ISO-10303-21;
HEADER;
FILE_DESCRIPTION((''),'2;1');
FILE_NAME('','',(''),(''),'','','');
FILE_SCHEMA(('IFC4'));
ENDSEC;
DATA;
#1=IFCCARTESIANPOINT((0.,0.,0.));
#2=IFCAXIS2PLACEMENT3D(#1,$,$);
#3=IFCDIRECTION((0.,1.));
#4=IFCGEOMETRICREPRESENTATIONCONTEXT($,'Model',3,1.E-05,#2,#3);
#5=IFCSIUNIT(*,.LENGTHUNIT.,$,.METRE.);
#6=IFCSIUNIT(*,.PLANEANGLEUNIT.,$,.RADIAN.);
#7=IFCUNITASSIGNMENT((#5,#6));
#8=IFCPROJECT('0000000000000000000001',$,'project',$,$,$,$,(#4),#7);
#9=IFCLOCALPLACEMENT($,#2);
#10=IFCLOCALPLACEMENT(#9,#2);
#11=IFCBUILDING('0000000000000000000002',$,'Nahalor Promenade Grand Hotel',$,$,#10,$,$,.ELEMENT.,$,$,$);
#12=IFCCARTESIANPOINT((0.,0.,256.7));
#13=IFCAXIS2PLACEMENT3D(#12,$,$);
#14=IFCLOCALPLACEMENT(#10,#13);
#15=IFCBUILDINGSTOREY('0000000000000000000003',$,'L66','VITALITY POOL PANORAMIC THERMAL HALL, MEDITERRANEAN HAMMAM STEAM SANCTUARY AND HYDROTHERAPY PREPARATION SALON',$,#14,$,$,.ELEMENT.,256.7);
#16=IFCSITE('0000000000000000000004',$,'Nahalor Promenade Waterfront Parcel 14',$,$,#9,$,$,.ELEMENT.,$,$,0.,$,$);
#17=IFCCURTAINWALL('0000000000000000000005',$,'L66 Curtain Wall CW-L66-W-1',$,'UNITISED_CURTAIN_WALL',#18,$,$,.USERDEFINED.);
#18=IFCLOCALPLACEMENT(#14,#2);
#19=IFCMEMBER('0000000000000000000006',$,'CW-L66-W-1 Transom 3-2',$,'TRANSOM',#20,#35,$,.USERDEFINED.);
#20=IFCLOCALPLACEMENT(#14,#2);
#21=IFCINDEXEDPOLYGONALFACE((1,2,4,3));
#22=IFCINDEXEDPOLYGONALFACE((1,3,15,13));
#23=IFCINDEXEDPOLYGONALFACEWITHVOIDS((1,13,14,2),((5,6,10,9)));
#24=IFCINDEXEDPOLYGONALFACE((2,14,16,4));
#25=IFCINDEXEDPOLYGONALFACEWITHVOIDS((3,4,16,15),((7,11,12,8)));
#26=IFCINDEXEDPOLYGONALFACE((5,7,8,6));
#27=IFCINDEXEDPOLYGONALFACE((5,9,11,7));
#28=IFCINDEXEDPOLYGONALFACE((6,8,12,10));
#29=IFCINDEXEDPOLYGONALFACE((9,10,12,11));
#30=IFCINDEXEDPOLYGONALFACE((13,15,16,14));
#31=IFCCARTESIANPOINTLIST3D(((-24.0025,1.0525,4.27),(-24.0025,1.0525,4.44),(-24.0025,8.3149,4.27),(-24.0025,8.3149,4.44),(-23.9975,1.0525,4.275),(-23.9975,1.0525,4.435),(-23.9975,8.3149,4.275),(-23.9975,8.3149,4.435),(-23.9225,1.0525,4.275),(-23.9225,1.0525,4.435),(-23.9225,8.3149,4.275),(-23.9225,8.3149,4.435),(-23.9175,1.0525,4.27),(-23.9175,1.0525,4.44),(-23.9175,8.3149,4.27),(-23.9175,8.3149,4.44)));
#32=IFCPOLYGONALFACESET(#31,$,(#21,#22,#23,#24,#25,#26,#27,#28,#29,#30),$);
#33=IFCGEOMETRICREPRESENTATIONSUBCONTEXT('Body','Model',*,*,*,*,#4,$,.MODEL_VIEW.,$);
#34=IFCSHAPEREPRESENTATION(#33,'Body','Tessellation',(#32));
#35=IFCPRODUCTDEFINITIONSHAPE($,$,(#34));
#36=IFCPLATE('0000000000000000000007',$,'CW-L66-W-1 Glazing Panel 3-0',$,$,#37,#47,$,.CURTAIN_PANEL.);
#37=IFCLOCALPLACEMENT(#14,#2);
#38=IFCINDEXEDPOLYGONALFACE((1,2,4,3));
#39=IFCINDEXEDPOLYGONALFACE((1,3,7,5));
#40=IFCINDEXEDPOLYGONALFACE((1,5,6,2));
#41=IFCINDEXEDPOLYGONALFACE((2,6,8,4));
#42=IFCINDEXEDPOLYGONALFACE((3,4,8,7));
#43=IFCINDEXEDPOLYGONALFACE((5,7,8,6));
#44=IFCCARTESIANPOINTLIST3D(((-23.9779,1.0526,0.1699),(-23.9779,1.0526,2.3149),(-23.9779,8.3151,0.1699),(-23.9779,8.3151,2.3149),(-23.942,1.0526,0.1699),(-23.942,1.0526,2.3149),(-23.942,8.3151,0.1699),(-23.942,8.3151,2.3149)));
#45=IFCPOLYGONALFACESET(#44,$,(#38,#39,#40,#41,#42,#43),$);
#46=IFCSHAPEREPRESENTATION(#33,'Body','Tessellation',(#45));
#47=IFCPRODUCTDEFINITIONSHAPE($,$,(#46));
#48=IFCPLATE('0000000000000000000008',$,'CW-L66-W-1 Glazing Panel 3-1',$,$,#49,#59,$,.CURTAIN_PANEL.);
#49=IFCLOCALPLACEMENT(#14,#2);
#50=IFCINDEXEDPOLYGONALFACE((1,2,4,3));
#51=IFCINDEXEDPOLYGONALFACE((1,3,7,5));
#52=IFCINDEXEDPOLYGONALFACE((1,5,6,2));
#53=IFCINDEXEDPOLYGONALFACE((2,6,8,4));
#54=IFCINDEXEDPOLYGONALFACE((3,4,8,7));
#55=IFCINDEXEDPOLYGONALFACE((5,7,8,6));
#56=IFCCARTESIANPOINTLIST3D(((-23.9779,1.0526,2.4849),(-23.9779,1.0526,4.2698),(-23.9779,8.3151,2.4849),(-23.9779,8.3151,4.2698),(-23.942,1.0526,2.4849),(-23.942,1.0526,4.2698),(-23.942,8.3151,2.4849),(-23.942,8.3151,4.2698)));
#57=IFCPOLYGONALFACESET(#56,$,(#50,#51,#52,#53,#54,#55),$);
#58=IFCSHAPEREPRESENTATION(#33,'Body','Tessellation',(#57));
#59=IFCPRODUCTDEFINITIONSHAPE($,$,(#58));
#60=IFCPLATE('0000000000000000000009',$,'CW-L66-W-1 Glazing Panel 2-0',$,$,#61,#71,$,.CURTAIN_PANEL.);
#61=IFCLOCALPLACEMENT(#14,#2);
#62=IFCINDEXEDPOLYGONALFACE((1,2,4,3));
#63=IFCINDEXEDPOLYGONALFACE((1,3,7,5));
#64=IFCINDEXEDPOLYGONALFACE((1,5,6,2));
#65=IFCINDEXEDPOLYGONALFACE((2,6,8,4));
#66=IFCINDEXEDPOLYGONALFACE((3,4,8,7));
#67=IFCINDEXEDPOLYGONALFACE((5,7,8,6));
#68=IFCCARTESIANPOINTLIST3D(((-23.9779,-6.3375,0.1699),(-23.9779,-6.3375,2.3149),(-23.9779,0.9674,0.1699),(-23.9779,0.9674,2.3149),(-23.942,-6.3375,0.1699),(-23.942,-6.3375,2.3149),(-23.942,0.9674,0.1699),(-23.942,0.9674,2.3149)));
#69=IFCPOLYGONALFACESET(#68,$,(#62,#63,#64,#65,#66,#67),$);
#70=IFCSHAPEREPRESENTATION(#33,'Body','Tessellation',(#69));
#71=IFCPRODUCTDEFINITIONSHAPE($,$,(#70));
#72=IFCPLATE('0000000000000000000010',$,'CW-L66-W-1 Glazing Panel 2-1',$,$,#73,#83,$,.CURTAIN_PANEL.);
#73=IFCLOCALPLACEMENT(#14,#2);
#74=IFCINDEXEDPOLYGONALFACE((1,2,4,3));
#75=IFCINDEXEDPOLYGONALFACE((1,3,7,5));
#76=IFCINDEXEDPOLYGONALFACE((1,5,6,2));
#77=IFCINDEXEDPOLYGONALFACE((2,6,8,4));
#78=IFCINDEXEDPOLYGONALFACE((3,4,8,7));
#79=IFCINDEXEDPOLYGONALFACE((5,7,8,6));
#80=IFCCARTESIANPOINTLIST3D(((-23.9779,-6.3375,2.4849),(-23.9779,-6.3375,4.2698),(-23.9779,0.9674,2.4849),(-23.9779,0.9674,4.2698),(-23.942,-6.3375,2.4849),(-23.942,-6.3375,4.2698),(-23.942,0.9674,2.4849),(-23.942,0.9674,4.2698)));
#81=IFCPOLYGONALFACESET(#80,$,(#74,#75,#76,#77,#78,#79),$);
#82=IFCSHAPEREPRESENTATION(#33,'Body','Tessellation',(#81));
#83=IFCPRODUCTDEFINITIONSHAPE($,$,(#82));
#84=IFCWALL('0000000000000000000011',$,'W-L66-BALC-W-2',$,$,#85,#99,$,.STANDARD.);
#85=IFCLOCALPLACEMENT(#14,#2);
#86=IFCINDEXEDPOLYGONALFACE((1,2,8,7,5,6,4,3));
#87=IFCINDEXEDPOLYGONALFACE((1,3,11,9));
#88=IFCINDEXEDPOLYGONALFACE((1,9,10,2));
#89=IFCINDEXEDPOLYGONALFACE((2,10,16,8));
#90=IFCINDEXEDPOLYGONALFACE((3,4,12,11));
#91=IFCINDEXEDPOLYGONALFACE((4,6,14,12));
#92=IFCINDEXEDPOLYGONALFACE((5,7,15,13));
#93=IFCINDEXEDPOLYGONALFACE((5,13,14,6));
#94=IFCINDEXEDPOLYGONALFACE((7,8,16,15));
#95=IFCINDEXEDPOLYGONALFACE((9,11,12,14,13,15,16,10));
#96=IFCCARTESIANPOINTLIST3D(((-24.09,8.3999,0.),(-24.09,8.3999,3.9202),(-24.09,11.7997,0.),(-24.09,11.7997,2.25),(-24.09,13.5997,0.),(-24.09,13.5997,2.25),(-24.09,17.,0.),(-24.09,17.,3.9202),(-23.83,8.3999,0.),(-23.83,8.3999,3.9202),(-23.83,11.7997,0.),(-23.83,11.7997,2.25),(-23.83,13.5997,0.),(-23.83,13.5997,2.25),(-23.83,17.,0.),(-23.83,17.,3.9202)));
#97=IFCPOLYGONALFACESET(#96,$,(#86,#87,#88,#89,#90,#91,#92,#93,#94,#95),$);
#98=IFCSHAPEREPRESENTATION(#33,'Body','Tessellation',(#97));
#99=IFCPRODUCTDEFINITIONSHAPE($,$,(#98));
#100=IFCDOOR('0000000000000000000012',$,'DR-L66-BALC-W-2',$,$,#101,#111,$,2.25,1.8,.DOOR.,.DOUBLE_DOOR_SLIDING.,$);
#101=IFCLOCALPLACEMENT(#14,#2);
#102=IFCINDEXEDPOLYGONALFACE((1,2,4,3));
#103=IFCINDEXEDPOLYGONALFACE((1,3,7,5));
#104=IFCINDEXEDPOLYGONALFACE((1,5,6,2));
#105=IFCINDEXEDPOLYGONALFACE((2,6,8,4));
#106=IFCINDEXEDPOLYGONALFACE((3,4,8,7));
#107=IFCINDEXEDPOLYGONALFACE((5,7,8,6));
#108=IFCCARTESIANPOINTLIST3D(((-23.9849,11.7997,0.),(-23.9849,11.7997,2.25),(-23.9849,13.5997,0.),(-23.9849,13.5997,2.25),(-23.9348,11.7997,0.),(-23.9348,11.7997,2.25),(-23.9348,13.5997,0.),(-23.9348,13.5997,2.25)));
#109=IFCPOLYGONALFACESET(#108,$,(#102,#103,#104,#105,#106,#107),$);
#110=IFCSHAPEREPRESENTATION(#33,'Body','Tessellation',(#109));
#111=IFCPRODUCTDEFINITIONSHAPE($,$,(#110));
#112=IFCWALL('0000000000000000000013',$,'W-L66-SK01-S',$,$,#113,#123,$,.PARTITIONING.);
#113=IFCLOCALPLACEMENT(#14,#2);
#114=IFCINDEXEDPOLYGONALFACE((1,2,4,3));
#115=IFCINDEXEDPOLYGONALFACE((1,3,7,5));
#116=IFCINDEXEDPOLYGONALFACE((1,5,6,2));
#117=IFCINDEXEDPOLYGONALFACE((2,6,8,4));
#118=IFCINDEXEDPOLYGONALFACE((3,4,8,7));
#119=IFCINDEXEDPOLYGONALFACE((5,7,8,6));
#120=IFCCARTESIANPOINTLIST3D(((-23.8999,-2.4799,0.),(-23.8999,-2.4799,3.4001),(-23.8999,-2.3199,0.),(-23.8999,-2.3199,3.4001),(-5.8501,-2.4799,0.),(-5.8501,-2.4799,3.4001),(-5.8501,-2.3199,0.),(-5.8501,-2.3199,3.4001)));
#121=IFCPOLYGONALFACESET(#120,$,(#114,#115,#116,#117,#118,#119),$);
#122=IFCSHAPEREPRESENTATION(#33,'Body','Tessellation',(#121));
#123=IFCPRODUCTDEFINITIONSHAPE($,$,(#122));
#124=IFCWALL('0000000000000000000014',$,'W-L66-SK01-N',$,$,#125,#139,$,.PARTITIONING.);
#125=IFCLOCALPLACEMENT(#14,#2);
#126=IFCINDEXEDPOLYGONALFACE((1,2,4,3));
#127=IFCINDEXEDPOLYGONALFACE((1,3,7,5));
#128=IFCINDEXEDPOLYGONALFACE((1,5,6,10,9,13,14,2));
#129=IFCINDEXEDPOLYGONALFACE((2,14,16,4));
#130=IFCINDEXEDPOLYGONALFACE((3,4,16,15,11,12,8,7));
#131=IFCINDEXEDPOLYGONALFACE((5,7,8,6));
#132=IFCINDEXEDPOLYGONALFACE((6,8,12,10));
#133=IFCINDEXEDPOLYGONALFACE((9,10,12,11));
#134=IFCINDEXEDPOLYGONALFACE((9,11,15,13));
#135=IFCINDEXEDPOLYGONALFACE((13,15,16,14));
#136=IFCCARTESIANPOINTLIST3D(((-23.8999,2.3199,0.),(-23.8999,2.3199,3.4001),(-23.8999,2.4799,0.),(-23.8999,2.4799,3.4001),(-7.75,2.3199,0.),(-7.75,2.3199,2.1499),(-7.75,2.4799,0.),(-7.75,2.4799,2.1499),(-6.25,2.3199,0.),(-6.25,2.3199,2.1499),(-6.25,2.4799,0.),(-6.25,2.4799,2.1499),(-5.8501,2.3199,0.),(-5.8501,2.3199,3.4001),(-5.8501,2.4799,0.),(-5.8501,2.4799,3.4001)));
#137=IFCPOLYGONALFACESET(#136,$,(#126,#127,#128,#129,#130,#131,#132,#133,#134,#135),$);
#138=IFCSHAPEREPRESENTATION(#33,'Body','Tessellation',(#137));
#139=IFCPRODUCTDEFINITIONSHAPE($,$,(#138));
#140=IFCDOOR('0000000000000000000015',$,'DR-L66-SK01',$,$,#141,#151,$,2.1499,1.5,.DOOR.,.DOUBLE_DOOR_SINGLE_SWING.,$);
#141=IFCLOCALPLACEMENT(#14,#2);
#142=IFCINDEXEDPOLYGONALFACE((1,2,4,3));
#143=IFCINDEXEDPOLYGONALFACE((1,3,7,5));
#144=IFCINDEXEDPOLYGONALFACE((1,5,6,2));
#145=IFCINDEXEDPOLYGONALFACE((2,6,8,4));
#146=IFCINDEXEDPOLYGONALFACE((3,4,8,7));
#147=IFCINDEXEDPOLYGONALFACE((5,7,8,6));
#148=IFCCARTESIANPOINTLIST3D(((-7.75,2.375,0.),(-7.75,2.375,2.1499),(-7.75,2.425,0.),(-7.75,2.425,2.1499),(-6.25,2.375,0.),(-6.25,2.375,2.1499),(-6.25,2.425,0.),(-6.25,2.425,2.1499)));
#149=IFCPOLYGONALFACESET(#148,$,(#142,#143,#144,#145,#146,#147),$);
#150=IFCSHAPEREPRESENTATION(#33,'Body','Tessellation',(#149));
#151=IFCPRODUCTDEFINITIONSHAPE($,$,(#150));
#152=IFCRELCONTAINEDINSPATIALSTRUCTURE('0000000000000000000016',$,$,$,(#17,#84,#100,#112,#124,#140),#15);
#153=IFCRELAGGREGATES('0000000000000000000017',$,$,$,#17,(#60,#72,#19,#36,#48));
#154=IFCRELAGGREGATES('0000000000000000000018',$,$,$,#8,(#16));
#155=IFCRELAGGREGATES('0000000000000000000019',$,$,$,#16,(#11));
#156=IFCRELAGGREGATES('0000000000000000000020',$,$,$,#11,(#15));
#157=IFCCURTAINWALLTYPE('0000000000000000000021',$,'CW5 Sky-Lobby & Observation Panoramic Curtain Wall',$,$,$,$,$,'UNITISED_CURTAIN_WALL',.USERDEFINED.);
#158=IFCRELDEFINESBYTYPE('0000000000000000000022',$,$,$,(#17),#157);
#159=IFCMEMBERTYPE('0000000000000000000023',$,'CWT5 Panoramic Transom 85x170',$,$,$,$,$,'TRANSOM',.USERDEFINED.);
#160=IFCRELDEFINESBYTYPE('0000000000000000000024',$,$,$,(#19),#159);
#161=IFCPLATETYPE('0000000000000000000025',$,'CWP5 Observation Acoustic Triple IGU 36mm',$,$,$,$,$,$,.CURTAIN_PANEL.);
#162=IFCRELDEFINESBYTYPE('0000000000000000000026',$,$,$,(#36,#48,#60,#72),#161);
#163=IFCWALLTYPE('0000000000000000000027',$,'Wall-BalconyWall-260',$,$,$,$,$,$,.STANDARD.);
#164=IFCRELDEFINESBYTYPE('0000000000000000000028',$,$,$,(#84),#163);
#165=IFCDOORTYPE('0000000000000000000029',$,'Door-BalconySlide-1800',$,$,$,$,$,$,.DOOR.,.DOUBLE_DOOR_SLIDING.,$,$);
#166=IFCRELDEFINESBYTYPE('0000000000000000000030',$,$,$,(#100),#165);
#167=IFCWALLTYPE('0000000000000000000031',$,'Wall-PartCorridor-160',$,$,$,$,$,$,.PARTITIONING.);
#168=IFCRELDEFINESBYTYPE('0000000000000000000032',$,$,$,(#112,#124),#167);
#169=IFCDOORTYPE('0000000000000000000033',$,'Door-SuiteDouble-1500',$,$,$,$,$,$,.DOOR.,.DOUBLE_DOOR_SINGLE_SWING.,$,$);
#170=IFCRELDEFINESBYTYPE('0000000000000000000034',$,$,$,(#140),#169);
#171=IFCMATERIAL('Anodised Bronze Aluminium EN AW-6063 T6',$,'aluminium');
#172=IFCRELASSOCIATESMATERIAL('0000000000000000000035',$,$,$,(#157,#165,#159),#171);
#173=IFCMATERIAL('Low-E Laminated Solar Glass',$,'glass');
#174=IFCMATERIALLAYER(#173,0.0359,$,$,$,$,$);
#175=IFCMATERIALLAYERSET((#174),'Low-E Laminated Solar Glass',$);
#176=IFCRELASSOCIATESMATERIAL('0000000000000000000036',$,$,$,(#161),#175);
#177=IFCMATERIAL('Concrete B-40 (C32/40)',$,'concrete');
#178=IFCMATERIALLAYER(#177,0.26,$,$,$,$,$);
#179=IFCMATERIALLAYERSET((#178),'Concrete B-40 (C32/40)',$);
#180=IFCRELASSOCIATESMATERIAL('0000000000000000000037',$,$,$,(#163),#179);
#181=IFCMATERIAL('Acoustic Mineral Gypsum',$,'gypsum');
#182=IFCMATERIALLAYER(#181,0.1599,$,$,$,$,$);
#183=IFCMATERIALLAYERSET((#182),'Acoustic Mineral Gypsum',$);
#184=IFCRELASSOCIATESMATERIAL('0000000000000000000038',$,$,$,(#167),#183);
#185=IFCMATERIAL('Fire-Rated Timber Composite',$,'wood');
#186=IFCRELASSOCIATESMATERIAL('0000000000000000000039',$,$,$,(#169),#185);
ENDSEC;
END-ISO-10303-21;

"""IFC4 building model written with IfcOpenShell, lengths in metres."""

from ifc_helpers import new_model, si_unit, direction, frame, frame_2d, origin, origin_2d, place, context, subcontext, project, spatial, rectangle, hollow_rectangle, extrude, source, transform, mapped, material, layer, layer_set, material_profile, profile_set, type_object, element, fill, aggregate, save


model = new_model("IFC4")

# Units and contexts
model_context = context("Model", 3, precision=1e-05, world=origin(), true_north=direction((0.0, 1.0)))
body_context = subcontext(model_context, "Body", "Model", "MODEL_VIEW")
ifc_project = project(units=[si_unit("LENGTHUNIT", "METRE"), si_unit("PLANEANGLEUNIT", "RADIAN")], contexts=[model_context])

# Site, building, storey
site_placement = place(None, origin())
site = spatial("IfcSite", under=ifc_project, at=site_placement, Name="Nahalor Promenade Waterfront Parcel 14", CompositionType="ELEMENT", RefElevation=0.0)
building_placement = place(site_placement, origin())
building = spatial("IfcBuilding", under=site, at=building_placement, Name="Nahalor Promenade Grand Hotel", CompositionType="ELEMENT")
storey_placement = place(building_placement, frame((0.0, 0.0, 256.7)))
storey = spatial("IfcBuildingStorey", under=building, at=storey_placement, Name="L66", Description="VITALITY POOL PANORAMIC THERMAL HALL, MEDITERRANEAN HAMMAM STEAM SANCTUARY AND HYDROTHERAPY PREPARATION SALON", CompositionType="ELEMENT", Elevation=256.7)

# Curtain wall, member, plates
ifc_material_1 = material(Name="Anodised Bronze Aluminium EN AW-6063 T6", Category="aluminium")
curtain_wall_type = type_object("IfcCurtainWallType", Name="CW5 Sky-Lobby & Observation Panoramic Curtain Wall", ElementType="UNITISED_CURTAIN_WALL", PredefinedType="USERDEFINED", material=ifc_material_1)
curtain_wall_placement = place(storey_placement, origin())
curtain_wall = element("IfcCurtainWall", 1, at=curtain_wall_placement, inside=storey, type_object=curtain_wall_type, Name="L66 Curtain Wall CW-L66-W-1", ObjectType="UNITISED_CURTAIN_WALL", PredefinedType="USERDEFINED")
ifc_material_profile_1 = material_profile(ifc_material_1, hollow_rectangle(XDim=0.085, YDim=0.17, WallThickness=0.005, at=origin_2d()), Name="CWT 85x170x5")
ifc_profile_set_1 = profile_set([ifc_material_profile_1], Name="Anodised Bronze Aluminium EN AW-6063 T6")
member_type_1 = type_object("IfcMemberType", Name="CWT5 Panoramic Transom 85x170", ElementType="TRANSOM", PredefinedType="USERDEFINED", material=ifc_profile_set_1)
shared_shape_1 = source(origin(), body_context, "Body", "SweptSolid", [
    extrude(hollow_rectangle(XDim=0.085, YDim=0.17, WallThickness=0.005, at=origin_2d()), origin(), (0.0, 0.0, 1.0), 7.2625),
])
member_1_placement = place(storey_placement, frame((-23.96, 1.0525, 4.355), z_axis=(0.0, 1.0, 0.0), x_axis=(-1.0, 0.0, 0.0)))
member_1 = element("IfcMember", 2, at=member_1_placement, type_object=member_type_1, Name="CW-L66-W-1 Transom 3-2", ObjectType="TRANSOM", PredefinedType="USERDEFINED", context=body_context, shape_type="MappedRepresentation", body=[
    mapped(shared_shape_1, transform((0.0, 0.0, 0.0), scale=1.0)),
])
ifc_material_2 = material(Name="Low-E Laminated Solar Glass", Category="glass")
ifc_layer_1 = layer(ifc_material_2, 0.0359)
ifc_layer_set_1 = layer_set([ifc_layer_1], Name="Low-E Laminated Solar Glass")
plate_type = type_object("IfcPlateType", Name="CWP5 Observation Acoustic Triple IGU 36mm", PredefinedType="CURTAIN_PANEL", material=ifc_layer_set_1)
shared_shape_2 = source(origin(), body_context, "Body", "SweptSolid", [
    extrude(rectangle(XDim=7.2625, YDim=0.0359, at=origin_2d()), origin(), (0.0, 0.0, 1.0), 2.145),
])
plate_1_placement = place(storey_placement, frame((-23.96, 4.6838, 0.1699), z_axis=(0.0, 0.0, 1.0), x_axis=(0.0, 1.0, 0.0)))
plate_1 = element("IfcPlate", 3, at=plate_1_placement, type_object=plate_type, Name="CW-L66-W-1 Glazing Panel 3-0", PredefinedType="CURTAIN_PANEL", context=body_context, shape_type="MappedRepresentation", body=[
    mapped(shared_shape_2, transform((0.0, 0.0, 0.0), scale=1.0)),
])
shared_shape_3 = source(origin(), body_context, "Body", "SweptSolid", [
    extrude(rectangle(XDim=7.2625, YDim=0.0359, at=origin_2d()), origin(), (0.0, 0.0, 1.0), 1.7849),
])
plate_2_placement = place(storey_placement, frame((-23.96, 4.6838, 2.4849), z_axis=(0.0, 0.0, 1.0), x_axis=(0.0, 1.0, 0.0)))
plate_2 = element("IfcPlate", 4, at=plate_2_placement, type_object=plate_type, Name="CW-L66-W-1 Glazing Panel 3-1", PredefinedType="CURTAIN_PANEL", context=body_context, shape_type="MappedRepresentation", body=[
    mapped(shared_shape_3, transform((0.0, 0.0, 0.0), scale=1.0)),
])
shared_shape_4 = source(origin(), body_context, "Body", "SweptSolid", [
    extrude(rectangle(XDim=7.3049, YDim=0.0359, at=origin_2d()), origin(), (0.0, 0.0, 1.0), 2.145),
])
plate_3_placement = place(storey_placement, frame((-23.96, -2.6851, 0.1699), z_axis=(0.0, 0.0, 1.0), x_axis=(0.0, 1.0, 0.0)))
plate_3 = element("IfcPlate", 5, at=plate_3_placement, type_object=plate_type, Name="CW-L66-W-1 Glazing Panel 2-0", PredefinedType="CURTAIN_PANEL", context=body_context, shape_type="MappedRepresentation", body=[
    mapped(shared_shape_4, transform((0.0, 0.0, 0.0), scale=1.0)),
])
shared_shape_5 = source(origin(), body_context, "Body", "SweptSolid", [
    extrude(rectangle(XDim=7.3049, YDim=0.0359, at=origin_2d()), origin(), (0.0, 0.0, 1.0), 1.7849),
])
plate_4_placement = place(storey_placement, frame((-23.96, -2.6851, 2.4849), z_axis=(0.0, 0.0, 1.0), x_axis=(0.0, 1.0, 0.0)))
plate_4 = element("IfcPlate", 6, at=plate_4_placement, type_object=plate_type, Name="CW-L66-W-1 Glazing Panel 2-1", PredefinedType="CURTAIN_PANEL", context=body_context, shape_type="MappedRepresentation", body=[
    mapped(shared_shape_5, transform((0.0, 0.0, 0.0), scale=1.0)),
])
aggregate(curtain_wall, [plate_3, plate_4, member_1, plate_1, plate_2])

# Wall, opening, door
ifc_material_3 = material(Name="Concrete B-40 (C32/40)", Category="concrete")
ifc_layer_2 = layer(ifc_material_3, 0.26)
ifc_layer_set_2 = layer_set([ifc_layer_2], Name="Concrete B-40 (C32/40)")
wall_type_1 = type_object("IfcWallType", Name="Wall-BalconyWall-260", PredefinedType="STANDARD", material=ifc_layer_set_2)
shared_shape_6 = source(origin(), body_context, "Body", "SweptSolid", [
    extrude(rectangle(XDim=8.6001, YDim=0.26, at=frame_2d((4.3, 0.0))), origin(), (0.0, 0.0, 1.0), 3.9202),
])
wall_1_placement = place(storey_placement, frame((-23.96, 8.3999, 0.0), z_axis=(0.0, 0.0, 1.0), x_axis=(0.0, 1.0, 0.0)))
wall_1 = element("IfcWall", 7, at=wall_1_placement, inside=storey, type_object=wall_type_1, Name="W-L66-BALC-W-2", PredefinedType="STANDARD", context=body_context, shape_type="MappedRepresentation", body=[
    mapped(shared_shape_6, transform((0.0, 0.0, 0.0), scale=1.0)),
])
opening_1_placement = place(wall_1_placement, frame((3.3999, 0.0, 0.0)))
opening_1 = element("IfcOpeningElement", 8, at=opening_1_placement, cuts=wall_1, PredefinedType="OPENING", context=body_context, shape_type="SweptSolid", body=[
    extrude(rectangle(XDim=1.8, YDim=2.25, at=frame_2d((0.8999, 1.125))), frame((0.0, 0.1399, 0.0), z_axis=(0.0, -1.0, 0.0), x_axis=(1.0, 0.0, 0.0)), (0.0, 0.0, 1.0), 0.28),
])
door_type_1 = type_object("IfcDoorType", Name="Door-BalconySlide-1800", OperationType="DOUBLE_DOOR_SLIDING", PredefinedType="DOOR", material=ifc_material_1)
shared_shape_7 = source(origin(), body_context, "Body", "SweptSolid", [
    extrude(rectangle(XDim=1.8, YDim=2.25, at=frame_2d((0.8999, 1.125))), frame((0.0, 0.0249, 0.0), z_axis=(0.0, -1.0, 0.0), x_axis=(1.0, 0.0, 0.0)), (0.0, 0.0, 1.0), 0.05),
])
door_1_placement = place(opening_1_placement, origin())
door_1 = element("IfcDoor", 9, at=door_1_placement, inside=storey, type_object=door_type_1, Name="DR-L66-BALC-W-2", OperationType="DOUBLE_DOOR_SLIDING", OverallHeight=2.25, OverallWidth=1.8, PredefinedType="DOOR", context=body_context, shape_type="MappedRepresentation", body=[
    mapped(shared_shape_7, transform((0.0, 0.0, 0.0), scale=1.0)),
])
fill(opening_1, door_1)

# Wall
ifc_material_4 = material(Name="Acoustic Mineral Gypsum", Category="gypsum")
ifc_layer_3 = layer(ifc_material_4, 0.1599)
ifc_layer_set_3 = layer_set([ifc_layer_3], Name="Acoustic Mineral Gypsum")
wall_type_2 = type_object("IfcWallType", Name="Wall-PartCorridor-160", PredefinedType="PARTITIONING", material=ifc_layer_set_3)
shared_shape_8 = source(origin(), body_context, "Body", "SweptSolid", [
    extrude(rectangle(XDim=18.0498, YDim=0.1599, at=frame_2d((9.0249, 0.0))), origin(), (0.0, 0.0, 1.0), 3.4001),
])
wall_2_placement = place(storey_placement, frame((-23.8999, -2.3999, 0.0), z_axis=(0.0, 0.0, 1.0), x_axis=(1.0, 0.0, 0.0)))
element("IfcWall", 10, at=wall_2_placement, inside=storey, type_object=wall_type_2, Name="W-L66-SK01-S", PredefinedType="PARTITIONING", context=body_context, shape_type="MappedRepresentation", body=[
    mapped(shared_shape_8, transform((0.0, 0.0, 0.0), scale=1.0)),
])

# Wall, opening, door
wall_3_placement = place(storey_placement, frame((-23.8999, 2.3999, 0.0), z_axis=(0.0, 0.0, 1.0), x_axis=(1.0, 0.0, 0.0)))
wall_3 = element("IfcWall", 11, at=wall_3_placement, inside=storey, type_object=wall_type_2, Name="W-L66-SK01-N", PredefinedType="PARTITIONING", context=body_context, shape_type="MappedRepresentation", body=[
    mapped(shared_shape_8, transform((0.0, 0.0, 0.0), scale=1.0)),
])
opening_2_placement = place(wall_3_placement, frame((16.1499, 0.0, 0.0)))
opening_2 = element("IfcOpeningElement", 12, at=opening_2_placement, cuts=wall_3, PredefinedType="OPENING", context=body_context, shape_type="SweptSolid", body=[
    extrude(rectangle(XDim=1.5, YDim=2.1499, at=frame_2d((0.75, 1.075))), frame((0.0, 0.0898, 0.0), z_axis=(0.0, -1.0, 0.0), x_axis=(1.0, 0.0, 0.0)), (0.0, 0.0, 1.0), 0.1799),
])
ifc_material_5 = material(Name="Fire-Rated Timber Composite", Category="wood")
door_type_2 = type_object("IfcDoorType", Name="Door-SuiteDouble-1500", OperationType="DOUBLE_DOOR_SINGLE_SWING", PredefinedType="DOOR", material=ifc_material_5)
shared_shape_9 = source(origin(), body_context, "Body", "SweptSolid", [
    extrude(rectangle(XDim=1.5, YDim=2.1499, at=frame_2d((0.75, 1.075))), frame((0.0, 0.0249, 0.0), z_axis=(0.0, -1.0, 0.0), x_axis=(1.0, 0.0, 0.0)), (0.0, 0.0, 1.0), 0.05),
])
door_2_placement = place(opening_2_placement, frame((1.5, 0.0, 0.0), z_axis=(0.0, 0.0, 1.0), x_axis=(-1.0, 0.0, 0.0)))
door_2 = element("IfcDoor", 13, at=door_2_placement, inside=storey, type_object=door_type_2, Name="DR-L66-SK01", OperationType="DOUBLE_DOOR_SINGLE_SWING", OverallHeight=2.1499, OverallWidth=1.5, PredefinedType="DOOR", context=body_context, shape_type="MappedRepresentation", body=[
    mapped(shared_shape_9, transform((0.0, 0.0, 0.0), scale=1.0)),
])
fill(opening_2, door_2)

save(model, "model.ifc")
